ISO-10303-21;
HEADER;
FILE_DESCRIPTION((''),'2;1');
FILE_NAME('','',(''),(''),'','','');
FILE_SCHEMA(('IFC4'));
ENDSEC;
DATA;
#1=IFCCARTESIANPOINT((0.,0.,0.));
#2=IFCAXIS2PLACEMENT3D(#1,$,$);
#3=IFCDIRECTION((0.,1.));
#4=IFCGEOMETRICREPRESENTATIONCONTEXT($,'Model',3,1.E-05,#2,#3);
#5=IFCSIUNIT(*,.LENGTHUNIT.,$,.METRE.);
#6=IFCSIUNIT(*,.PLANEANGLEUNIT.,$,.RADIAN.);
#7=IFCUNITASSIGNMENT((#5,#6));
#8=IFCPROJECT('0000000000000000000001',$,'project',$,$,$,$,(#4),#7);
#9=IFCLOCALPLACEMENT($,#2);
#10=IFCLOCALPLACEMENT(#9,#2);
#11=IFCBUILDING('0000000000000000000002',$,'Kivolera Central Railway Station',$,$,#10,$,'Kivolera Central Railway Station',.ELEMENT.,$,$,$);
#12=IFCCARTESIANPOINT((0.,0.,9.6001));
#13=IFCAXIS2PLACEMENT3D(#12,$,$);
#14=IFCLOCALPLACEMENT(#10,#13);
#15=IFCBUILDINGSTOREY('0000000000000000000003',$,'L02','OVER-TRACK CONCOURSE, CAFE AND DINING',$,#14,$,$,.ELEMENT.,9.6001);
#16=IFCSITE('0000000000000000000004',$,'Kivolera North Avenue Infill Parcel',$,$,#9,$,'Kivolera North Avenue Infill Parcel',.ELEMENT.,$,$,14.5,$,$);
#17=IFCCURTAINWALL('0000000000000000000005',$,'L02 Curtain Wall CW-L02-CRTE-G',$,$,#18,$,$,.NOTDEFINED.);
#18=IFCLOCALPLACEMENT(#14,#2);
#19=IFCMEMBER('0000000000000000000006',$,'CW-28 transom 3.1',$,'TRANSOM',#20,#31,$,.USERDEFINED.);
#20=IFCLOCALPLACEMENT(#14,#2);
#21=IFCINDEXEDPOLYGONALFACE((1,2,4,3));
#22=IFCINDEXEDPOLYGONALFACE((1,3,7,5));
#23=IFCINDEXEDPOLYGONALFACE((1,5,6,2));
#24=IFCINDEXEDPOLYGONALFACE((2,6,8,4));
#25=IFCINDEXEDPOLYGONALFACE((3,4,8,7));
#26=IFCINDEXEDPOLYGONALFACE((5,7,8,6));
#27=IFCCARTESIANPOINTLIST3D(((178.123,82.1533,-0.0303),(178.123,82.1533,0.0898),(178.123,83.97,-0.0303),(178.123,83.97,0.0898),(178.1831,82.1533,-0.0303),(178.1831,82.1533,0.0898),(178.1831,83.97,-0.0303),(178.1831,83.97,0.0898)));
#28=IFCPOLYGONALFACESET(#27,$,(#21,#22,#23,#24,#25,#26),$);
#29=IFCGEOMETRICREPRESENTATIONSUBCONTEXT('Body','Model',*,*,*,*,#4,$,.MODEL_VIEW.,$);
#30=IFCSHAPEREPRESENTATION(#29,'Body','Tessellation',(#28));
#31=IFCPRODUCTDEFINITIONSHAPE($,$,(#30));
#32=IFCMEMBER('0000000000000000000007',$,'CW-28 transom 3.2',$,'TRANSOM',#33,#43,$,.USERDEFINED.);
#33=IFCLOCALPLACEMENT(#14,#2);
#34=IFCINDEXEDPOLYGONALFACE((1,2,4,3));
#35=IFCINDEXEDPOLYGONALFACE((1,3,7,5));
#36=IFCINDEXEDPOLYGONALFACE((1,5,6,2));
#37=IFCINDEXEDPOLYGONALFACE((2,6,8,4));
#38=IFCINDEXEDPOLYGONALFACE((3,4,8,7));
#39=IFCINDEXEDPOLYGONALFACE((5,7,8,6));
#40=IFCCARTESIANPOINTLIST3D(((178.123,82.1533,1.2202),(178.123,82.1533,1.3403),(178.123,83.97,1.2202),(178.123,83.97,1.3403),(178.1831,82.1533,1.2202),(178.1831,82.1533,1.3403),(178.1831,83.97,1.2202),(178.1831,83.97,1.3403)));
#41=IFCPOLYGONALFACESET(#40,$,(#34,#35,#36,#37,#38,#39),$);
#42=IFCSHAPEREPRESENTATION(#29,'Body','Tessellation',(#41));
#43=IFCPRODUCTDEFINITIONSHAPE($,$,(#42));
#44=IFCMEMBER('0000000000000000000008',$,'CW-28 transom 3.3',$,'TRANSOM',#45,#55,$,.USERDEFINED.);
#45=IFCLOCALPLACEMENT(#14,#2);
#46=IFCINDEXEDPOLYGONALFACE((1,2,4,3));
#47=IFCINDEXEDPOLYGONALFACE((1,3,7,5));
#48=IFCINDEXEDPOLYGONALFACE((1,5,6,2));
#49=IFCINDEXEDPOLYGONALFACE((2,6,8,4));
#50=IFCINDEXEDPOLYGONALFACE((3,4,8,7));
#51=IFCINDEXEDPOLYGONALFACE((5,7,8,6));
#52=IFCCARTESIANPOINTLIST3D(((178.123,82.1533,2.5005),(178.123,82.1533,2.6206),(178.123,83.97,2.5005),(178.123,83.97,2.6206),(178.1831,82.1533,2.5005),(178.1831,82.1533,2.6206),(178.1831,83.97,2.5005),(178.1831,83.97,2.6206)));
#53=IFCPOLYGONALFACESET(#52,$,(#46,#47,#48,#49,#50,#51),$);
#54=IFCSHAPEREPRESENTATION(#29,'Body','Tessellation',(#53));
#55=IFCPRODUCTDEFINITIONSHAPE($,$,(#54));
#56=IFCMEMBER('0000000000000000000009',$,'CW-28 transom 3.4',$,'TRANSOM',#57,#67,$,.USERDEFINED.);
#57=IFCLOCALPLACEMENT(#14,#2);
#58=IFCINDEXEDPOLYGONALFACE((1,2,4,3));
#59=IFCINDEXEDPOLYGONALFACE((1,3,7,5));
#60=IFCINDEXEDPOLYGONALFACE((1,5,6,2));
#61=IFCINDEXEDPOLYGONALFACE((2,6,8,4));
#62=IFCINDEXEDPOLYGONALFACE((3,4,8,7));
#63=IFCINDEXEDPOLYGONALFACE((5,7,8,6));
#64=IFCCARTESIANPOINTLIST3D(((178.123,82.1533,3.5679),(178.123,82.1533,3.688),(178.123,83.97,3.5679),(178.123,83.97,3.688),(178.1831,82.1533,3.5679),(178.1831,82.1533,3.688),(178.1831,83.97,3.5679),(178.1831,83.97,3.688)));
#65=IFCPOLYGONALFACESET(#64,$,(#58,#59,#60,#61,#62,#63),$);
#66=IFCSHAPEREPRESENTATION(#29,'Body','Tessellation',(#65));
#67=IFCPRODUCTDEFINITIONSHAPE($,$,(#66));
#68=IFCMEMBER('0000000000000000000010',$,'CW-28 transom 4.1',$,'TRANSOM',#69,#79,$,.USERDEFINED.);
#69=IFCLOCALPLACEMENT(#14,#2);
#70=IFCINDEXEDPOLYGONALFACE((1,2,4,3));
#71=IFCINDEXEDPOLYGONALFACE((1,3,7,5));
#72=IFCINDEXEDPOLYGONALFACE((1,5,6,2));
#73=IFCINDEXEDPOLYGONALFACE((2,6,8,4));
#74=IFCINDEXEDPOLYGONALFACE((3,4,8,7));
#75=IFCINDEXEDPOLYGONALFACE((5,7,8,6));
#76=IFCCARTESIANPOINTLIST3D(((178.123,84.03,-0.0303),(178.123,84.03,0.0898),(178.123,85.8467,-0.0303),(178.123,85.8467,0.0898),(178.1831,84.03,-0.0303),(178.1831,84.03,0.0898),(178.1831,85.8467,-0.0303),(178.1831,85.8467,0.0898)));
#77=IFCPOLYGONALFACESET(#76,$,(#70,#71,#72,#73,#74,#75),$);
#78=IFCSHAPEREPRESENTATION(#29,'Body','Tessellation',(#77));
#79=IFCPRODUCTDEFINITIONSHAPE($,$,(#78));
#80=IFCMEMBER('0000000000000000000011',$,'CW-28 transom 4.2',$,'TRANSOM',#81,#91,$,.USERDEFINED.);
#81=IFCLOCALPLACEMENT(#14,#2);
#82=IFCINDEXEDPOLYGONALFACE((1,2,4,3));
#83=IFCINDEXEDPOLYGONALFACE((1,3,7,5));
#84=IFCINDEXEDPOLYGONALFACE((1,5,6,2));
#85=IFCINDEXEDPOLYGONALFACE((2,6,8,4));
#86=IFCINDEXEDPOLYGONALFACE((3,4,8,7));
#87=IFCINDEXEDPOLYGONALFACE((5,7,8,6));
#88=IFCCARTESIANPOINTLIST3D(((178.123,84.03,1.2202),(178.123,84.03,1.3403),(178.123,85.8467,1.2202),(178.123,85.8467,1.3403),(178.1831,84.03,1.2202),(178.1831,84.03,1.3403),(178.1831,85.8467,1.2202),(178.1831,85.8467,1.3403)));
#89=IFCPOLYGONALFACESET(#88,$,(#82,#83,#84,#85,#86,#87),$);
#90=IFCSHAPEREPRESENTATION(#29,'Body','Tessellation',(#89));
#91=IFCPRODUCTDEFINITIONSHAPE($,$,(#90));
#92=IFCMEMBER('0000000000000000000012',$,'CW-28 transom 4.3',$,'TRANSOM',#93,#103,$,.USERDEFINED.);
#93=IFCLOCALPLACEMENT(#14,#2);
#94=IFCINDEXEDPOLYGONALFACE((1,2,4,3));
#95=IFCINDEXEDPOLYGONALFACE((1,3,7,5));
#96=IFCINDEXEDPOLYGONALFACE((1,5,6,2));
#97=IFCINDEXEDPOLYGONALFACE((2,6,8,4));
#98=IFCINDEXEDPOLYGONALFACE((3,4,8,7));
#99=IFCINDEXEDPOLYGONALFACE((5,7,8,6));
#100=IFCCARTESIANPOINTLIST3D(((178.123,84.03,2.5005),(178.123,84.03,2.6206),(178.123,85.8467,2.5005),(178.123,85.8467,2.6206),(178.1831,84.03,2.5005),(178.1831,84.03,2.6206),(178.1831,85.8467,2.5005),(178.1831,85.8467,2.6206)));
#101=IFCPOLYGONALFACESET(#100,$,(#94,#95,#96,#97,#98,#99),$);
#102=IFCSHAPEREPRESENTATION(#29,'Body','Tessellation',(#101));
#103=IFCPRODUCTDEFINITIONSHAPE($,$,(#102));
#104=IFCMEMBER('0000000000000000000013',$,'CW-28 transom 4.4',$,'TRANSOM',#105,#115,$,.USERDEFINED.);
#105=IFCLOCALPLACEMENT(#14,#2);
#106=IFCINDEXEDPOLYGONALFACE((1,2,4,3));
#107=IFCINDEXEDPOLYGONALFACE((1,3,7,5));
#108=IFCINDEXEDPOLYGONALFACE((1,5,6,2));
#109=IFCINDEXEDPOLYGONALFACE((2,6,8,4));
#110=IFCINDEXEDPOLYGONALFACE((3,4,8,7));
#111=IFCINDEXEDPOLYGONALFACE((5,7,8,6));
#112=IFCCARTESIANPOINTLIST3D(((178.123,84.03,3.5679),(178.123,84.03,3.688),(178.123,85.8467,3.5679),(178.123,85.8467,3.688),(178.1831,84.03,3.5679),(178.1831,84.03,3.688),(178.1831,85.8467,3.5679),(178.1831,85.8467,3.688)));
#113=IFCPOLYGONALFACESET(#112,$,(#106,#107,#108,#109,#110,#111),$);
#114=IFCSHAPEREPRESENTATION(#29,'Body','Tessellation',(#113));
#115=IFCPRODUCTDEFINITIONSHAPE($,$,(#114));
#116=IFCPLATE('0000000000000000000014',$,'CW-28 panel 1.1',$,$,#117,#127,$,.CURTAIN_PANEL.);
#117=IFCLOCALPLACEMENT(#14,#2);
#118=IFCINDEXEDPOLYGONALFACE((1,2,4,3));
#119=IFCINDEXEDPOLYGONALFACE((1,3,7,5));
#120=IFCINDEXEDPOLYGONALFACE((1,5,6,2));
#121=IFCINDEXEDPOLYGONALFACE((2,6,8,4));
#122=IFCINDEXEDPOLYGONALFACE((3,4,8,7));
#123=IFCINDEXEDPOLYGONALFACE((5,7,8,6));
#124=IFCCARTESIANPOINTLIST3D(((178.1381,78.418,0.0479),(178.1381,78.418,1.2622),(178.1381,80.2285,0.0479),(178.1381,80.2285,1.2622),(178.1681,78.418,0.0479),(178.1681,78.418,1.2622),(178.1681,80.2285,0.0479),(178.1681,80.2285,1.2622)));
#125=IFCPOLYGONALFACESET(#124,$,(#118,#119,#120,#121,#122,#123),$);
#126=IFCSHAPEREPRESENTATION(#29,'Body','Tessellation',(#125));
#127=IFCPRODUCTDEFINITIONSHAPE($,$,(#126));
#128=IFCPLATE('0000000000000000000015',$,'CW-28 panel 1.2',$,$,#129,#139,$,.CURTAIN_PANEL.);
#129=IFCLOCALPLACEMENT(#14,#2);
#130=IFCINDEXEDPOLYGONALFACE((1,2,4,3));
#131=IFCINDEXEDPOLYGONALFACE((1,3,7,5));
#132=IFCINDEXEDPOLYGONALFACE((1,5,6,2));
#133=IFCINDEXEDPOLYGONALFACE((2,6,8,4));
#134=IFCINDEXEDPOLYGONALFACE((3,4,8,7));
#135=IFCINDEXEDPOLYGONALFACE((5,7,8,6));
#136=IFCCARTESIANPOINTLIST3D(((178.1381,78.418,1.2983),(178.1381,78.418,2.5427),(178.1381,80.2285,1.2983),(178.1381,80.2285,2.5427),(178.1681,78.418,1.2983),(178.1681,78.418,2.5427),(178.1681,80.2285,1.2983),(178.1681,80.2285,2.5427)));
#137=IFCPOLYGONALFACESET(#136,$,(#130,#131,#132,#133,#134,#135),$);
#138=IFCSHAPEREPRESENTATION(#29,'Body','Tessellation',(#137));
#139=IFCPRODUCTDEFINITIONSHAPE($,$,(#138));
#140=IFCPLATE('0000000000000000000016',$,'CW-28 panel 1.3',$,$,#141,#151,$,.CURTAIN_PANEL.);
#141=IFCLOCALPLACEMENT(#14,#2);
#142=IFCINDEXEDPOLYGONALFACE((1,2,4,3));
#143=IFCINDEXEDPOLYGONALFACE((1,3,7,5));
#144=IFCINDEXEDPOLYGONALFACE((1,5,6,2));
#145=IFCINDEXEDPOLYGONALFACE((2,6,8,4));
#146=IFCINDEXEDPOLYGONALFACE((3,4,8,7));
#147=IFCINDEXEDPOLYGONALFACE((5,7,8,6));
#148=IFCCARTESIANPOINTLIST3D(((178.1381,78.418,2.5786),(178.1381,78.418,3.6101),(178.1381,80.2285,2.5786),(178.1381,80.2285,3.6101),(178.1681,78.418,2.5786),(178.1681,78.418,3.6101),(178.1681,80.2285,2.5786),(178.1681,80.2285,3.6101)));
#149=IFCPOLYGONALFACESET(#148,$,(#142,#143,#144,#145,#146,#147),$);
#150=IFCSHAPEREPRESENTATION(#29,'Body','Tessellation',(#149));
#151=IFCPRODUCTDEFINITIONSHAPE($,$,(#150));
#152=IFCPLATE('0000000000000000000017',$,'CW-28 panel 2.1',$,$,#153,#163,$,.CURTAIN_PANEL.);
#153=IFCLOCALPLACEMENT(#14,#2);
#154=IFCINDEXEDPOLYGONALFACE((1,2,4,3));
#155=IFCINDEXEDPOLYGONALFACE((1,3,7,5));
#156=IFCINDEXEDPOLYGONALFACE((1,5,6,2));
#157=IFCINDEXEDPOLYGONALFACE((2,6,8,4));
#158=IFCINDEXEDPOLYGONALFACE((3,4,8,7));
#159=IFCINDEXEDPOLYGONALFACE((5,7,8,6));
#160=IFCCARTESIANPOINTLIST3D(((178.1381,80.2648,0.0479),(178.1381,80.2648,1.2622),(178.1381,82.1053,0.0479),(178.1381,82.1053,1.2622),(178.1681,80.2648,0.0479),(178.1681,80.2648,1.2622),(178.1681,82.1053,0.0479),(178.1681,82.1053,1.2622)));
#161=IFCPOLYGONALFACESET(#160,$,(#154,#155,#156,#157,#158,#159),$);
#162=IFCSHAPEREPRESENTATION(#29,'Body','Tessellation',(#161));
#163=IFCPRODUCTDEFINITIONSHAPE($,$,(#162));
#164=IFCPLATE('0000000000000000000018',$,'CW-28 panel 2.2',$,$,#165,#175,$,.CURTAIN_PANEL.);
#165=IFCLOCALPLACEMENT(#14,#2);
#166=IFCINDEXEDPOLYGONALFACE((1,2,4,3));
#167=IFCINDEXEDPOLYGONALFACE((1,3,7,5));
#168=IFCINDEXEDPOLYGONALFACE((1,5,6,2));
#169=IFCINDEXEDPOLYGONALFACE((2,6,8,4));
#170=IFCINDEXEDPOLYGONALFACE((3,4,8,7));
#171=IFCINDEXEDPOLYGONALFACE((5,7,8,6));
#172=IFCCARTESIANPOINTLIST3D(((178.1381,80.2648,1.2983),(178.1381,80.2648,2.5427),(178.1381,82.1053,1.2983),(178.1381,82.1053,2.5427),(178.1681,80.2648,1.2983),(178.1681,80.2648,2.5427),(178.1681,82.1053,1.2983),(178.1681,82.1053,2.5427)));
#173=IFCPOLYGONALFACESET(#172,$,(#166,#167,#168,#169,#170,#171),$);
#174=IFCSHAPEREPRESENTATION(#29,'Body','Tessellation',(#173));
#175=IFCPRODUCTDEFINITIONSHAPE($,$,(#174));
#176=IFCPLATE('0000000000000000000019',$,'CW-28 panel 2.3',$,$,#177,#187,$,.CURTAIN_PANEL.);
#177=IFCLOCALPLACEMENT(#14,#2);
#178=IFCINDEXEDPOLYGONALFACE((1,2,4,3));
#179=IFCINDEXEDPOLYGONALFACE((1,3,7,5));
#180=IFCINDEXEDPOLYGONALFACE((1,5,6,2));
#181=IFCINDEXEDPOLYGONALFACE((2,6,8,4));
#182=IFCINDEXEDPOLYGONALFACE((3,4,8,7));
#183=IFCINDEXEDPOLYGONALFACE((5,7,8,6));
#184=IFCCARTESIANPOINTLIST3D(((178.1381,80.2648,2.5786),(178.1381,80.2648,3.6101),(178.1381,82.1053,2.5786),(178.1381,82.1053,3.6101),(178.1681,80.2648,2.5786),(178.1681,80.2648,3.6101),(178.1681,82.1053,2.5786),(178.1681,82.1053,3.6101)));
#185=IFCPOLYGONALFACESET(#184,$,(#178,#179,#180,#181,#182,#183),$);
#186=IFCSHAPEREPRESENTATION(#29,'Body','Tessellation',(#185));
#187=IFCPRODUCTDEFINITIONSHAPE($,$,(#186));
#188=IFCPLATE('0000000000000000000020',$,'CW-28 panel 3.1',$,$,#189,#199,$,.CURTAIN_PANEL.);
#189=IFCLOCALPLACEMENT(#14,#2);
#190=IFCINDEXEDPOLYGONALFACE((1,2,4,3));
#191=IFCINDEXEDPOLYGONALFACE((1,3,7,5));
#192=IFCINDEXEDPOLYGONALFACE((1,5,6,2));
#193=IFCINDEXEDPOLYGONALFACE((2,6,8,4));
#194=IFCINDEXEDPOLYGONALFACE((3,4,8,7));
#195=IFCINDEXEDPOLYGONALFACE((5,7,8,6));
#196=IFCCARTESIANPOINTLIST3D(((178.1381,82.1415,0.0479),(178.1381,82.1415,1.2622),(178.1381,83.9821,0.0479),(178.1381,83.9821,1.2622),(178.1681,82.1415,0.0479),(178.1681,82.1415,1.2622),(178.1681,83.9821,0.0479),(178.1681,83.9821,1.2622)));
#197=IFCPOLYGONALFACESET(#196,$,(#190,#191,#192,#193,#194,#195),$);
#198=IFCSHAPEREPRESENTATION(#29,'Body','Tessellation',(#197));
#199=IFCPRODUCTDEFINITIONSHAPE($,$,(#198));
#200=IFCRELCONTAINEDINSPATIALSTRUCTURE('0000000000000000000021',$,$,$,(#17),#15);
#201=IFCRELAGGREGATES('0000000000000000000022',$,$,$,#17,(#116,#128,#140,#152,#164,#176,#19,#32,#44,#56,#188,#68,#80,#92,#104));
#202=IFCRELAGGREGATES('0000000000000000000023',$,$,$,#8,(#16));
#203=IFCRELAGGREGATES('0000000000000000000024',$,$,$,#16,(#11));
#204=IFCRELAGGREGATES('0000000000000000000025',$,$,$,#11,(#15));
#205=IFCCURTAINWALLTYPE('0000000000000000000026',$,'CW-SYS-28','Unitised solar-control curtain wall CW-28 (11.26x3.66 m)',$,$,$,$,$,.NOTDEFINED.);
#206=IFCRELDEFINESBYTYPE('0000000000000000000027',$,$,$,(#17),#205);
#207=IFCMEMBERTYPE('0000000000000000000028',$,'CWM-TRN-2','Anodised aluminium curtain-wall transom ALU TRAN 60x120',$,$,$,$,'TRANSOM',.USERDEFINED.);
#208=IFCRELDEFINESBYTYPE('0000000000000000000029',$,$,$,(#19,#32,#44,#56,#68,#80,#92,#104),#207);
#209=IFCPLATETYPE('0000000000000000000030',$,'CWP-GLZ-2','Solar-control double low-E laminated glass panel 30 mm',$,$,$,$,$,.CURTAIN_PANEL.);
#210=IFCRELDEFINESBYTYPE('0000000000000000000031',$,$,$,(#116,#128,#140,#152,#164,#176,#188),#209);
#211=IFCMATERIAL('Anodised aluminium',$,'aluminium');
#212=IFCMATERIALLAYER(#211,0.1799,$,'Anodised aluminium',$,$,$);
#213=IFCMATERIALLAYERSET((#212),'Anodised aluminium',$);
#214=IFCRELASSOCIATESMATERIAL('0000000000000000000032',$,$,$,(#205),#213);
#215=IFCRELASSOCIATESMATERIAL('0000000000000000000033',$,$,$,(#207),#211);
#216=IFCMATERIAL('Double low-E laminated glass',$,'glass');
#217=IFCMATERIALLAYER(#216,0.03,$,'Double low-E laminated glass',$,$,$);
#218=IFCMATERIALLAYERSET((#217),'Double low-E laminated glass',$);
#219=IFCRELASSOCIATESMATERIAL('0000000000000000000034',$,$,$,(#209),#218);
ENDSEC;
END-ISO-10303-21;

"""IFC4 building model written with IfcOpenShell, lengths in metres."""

from ifc_helpers import new_model, si_unit, direction, frame, origin, origin_2d, place, context, subcontext, project, spatial, rectangle, extrude, material, layer, layer_set, material_profile, profile_set, type_object, element, aggregate, save


model = new_model("IFC4")

# Units and contexts
model_context = context("Model", 3, precision=1e-05, world=origin(), true_north=direction((0.0, 1.0)))
body_context = subcontext(model_context, "Body", "Model", "MODEL_VIEW")
ifc_project = project(units=[si_unit("LENGTHUNIT", "METRE"), si_unit("PLANEANGLEUNIT", "RADIAN")], contexts=[model_context])

# Site, building, storey
site_placement = place(None, origin())
site = spatial("IfcSite", under=ifc_project, at=site_placement, Name="Kivolera North Avenue Infill Parcel", LongName="Kivolera North Avenue Infill Parcel", CompositionType="ELEMENT", RefElevation=14.5)
building_placement = place(site_placement, origin())
building = spatial("IfcBuilding", under=site, at=building_placement, Name="Kivolera Central Railway Station", LongName="Kivolera Central Railway Station", CompositionType="ELEMENT")
storey_placement = place(building_placement, frame((0.0, 0.0, 9.6001)))
storey = spatial("IfcBuildingStorey", under=building, at=storey_placement, Name="L02", Description="OVER-TRACK CONCOURSE, CAFE AND DINING", CompositionType="ELEMENT", Elevation=9.6001)

# Curtain wall, members, plates
ifc_material_1 = material(Name="Anodised aluminium", Category="aluminium")
ifc_layer_1 = layer(ifc_material_1, 0.1799, Name="Anodised aluminium")
ifc_layer_set_1 = layer_set([ifc_layer_1], Name="Anodised aluminium")
curtain_wall_type = type_object("IfcCurtainWallType", Name="CW-SYS-28", Description="Unitised solar-control curtain wall CW-28 (11.26x3.66 m)", PredefinedType="NOTDEFINED", material=ifc_layer_set_1)
curtain_wall_placement = place(storey_placement, origin())
curtain_wall = element("IfcCurtainWall", 1, at=curtain_wall_placement, inside=storey, type_object=curtain_wall_type, Name="L02 Curtain Wall CW-L02-CRTE-G", PredefinedType="NOTDEFINED")
ifc_material_profile_1 = material_profile(ifc_material_1, rectangle(XDim=0.0601, YDim=0.1201, at=origin_2d()), Name="ALU TRAN 60x120")
ifc_profile_set_1 = profile_set([ifc_material_profile_1], Name="Anodised aluminium")
member_type_1 = type_object("IfcMemberType", Name="CWM-TRN-2", Description="Anodised aluminium curtain-wall transom ALU TRAN 60x120", ElementType="TRANSOM", PredefinedType="USERDEFINED", material=ifc_profile_set_1)
member_1_placement = place(storey_placement, frame((178.1531, 82.1533, 0.0298), z_axis=(0.0, 1.0, 0.0), x_axis=(-1.0, 0.0, 0.0)))
member_1 = element("IfcMember", 2, at=member_1_placement, type_object=member_type_1, Name="CW-28 transom 3.1", ObjectType="TRANSOM", PredefinedType="USERDEFINED", context=body_context, shape_type="SweptSolid", body=[
    extrude(rectangle(XDim=0.0601, YDim=0.1201, at=origin_2d()), origin(), (0.0, 0.0, 1.0), 1.8167),
])
member_2_placement = place(storey_placement, frame((178.1531, 82.1533, 1.2803), z_axis=(0.0, 1.0, 0.0), x_axis=(-1.0, 0.0, 0.0)))
member_2 = element("IfcMember", 3, at=member_2_placement, type_object=member_type_1, Name="CW-28 transom 3.2", ObjectType="TRANSOM", PredefinedType="USERDEFINED", context=body_context, shape_type="SweptSolid", body=[
    extrude(rectangle(XDim=0.0601, YDim=0.1201, at=origin_2d()), origin(), (0.0, 0.0, 1.0), 1.8167),
])
member_3_placement = place(storey_placement, frame((178.1531, 82.1533, 2.5605), z_axis=(0.0, 1.0, 0.0), x_axis=(-1.0, 0.0, 0.0)))
member_3 = element("IfcMember", 4, at=member_3_placement, type_object=member_type_1, Name="CW-28 transom 3.3", ObjectType="TRANSOM", PredefinedType="USERDEFINED", context=body_context, shape_type="SweptSolid", body=[
    extrude(rectangle(XDim=0.0601, YDim=0.1201, at=origin_2d()), origin(), (0.0, 0.0, 1.0), 1.8167),
])
member_4_placement = place(storey_placement, frame((178.1531, 82.1533, 3.6279), z_axis=(0.0, 1.0, 0.0), x_axis=(-1.0, 0.0, 0.0)))
member_4 = element("IfcMember", 5, at=member_4_placement, type_object=member_type_1, Name="CW-28 transom 3.4", ObjectType="TRANSOM", PredefinedType="USERDEFINED", context=body_context, shape_type="SweptSolid", body=[
    extrude(rectangle(XDim=0.0601, YDim=0.1201, at=origin_2d()), origin(), (0.0, 0.0, 1.0), 1.8167),
])
member_5_placement = place(storey_placement, frame((178.1531, 84.03, 0.0298), z_axis=(0.0, 1.0, 0.0), x_axis=(-1.0, 0.0, 0.0)))
member_5 = element("IfcMember", 6, at=member_5_placement, type_object=member_type_1, Name="CW-28 transom 4.1", ObjectType="TRANSOM", PredefinedType="USERDEFINED", context=body_context, shape_type="SweptSolid", body=[
    extrude(rectangle(XDim=0.0601, YDim=0.1201, at=origin_2d()), origin(), (0.0, 0.0, 1.0), 1.8167),
])
member_6_placement = place(storey_placement, frame((178.1531, 84.03, 1.2803), z_axis=(0.0, 1.0, 0.0), x_axis=(-1.0, 0.0, 0.0)))
member_6 = element("IfcMember", 7, at=member_6_placement, type_object=member_type_1, Name="CW-28 transom 4.2", ObjectType="TRANSOM", PredefinedType="USERDEFINED", context=body_context, shape_type="SweptSolid", body=[
    extrude(rectangle(XDim=0.0601, YDim=0.1201, at=origin_2d()), origin(), (0.0, 0.0, 1.0), 1.8167),
])
member_7_placement = place(storey_placement, frame((178.1531, 84.03, 2.5605), z_axis=(0.0, 1.0, 0.0), x_axis=(-1.0, 0.0, 0.0)))
member_7 = element("IfcMember", 8, at=member_7_placement, type_object=member_type_1, Name="CW-28 transom 4.3", ObjectType="TRANSOM", PredefinedType="USERDEFINED", context=body_context, shape_type="SweptSolid", body=[
    extrude(rectangle(XDim=0.0601, YDim=0.1201, at=origin_2d()), origin(), (0.0, 0.0, 1.0), 1.8167),
])
member_8_placement = place(storey_placement, frame((178.1531, 84.03, 3.6279), z_axis=(0.0, 1.0, 0.0), x_axis=(-1.0, 0.0, 0.0)))
member_8 = element("IfcMember", 9, at=member_8_placement, type_object=member_type_1, Name="CW-28 transom 4.4", ObjectType="TRANSOM", PredefinedType="USERDEFINED", context=body_context, shape_type="SweptSolid", body=[
    extrude(rectangle(XDim=0.0601, YDim=0.1201, at=origin_2d()), origin(), (0.0, 0.0, 1.0), 1.8167),
])
ifc_material_2 = material(Name="Double low-E laminated glass", Category="glass")
ifc_layer_2 = layer(ifc_material_2, 0.03, Name="Double low-E laminated glass")
ifc_layer_set_2 = layer_set([ifc_layer_2], Name="Double low-E laminated glass")
plate_type = type_object("IfcPlateType", Name="CWP-GLZ-2", Description="Solar-control double low-E laminated glass panel 30 mm", PredefinedType="CURTAIN_PANEL", material=ifc_layer_set_2)
plate_1_placement = place(storey_placement, frame((178.1531, 79.3232, 0.0479), z_axis=(0.0, 0.0, 1.0), x_axis=(0.0, 1.0, 0.0)))
plate_1 = element("IfcPlate", 10, at=plate_1_placement, type_object=plate_type, Name="CW-28 panel 1.1", PredefinedType="CURTAIN_PANEL", context=body_context, shape_type="SweptSolid", body=[
    extrude(rectangle(XDim=1.8105, YDim=0.03, at=origin_2d()), origin(), (0.0, 0.0, 1.0), 1.2144),
])
plate_2_placement = place(storey_placement, frame((178.1531, 79.3232, 1.2983), z_axis=(0.0, 0.0, 1.0), x_axis=(0.0, 1.0, 0.0)))
plate_2 = element("IfcPlate", 11, at=plate_2_placement, type_object=plate_type, Name="CW-28 panel 1.2", PredefinedType="CURTAIN_PANEL", context=body_context, shape_type="SweptSolid", body=[
    extrude(rectangle(XDim=1.8105, YDim=0.03, at=origin_2d()), origin(), (0.0, 0.0, 1.0), 1.2444),
])
plate_3_placement = place(storey_placement, frame((178.1531, 79.3232, 2.5786), z_axis=(0.0, 0.0, 1.0), x_axis=(0.0, 1.0, 0.0)))
plate_3 = element("IfcPlate", 12, at=plate_3_placement, type_object=plate_type, Name="CW-28 panel 1.3", PredefinedType="CURTAIN_PANEL", context=body_context, shape_type="SweptSolid", body=[
    extrude(rectangle(XDim=1.8105, YDim=0.03, at=origin_2d()), origin(), (0.0, 0.0, 1.0), 1.0315),
])
plate_4_placement = place(storey_placement, frame((178.1531, 81.1851, 0.0479), z_axis=(0.0, 0.0, 1.0), x_axis=(0.0, 1.0, 0.0)))
plate_4 = element("IfcPlate", 13, at=plate_4_placement, type_object=plate_type, Name="CW-28 panel 2.1", PredefinedType="CURTAIN_PANEL", context=body_context, shape_type="SweptSolid", body=[
    extrude(rectangle(XDim=1.8406, YDim=0.03, at=origin_2d()), origin(), (0.0, 0.0, 1.0), 1.2144),
])
plate_5_placement = place(storey_placement, frame((178.1531, 81.1851, 1.2983), z_axis=(0.0, 0.0, 1.0), x_axis=(0.0, 1.0, 0.0)))
plate_5 = element("IfcPlate", 14, at=plate_5_placement, type_object=plate_type, Name="CW-28 panel 2.2", PredefinedType="CURTAIN_PANEL", context=body_context, shape_type="SweptSolid", body=[
    extrude(rectangle(XDim=1.8406, YDim=0.03, at=origin_2d()), origin(), (0.0, 0.0, 1.0), 1.2444),
])
plate_6_placement = place(storey_placement, frame((178.1531, 81.1851, 2.5786), z_axis=(0.0, 0.0, 1.0), x_axis=(0.0, 1.0, 0.0)))
plate_6 = element("IfcPlate", 15, at=plate_6_placement, type_object=plate_type, Name="CW-28 panel 2.3", PredefinedType="CURTAIN_PANEL", context=body_context, shape_type="SweptSolid", body=[
    extrude(rectangle(XDim=1.8406, YDim=0.03, at=origin_2d()), origin(), (0.0, 0.0, 1.0), 1.0315),
])
plate_7_placement = place(storey_placement, frame((178.1531, 83.0618, 0.0479), z_axis=(0.0, 0.0, 1.0), x_axis=(0.0, 1.0, 0.0)))
plate_7 = element("IfcPlate", 16, at=plate_7_placement, type_object=plate_type, Name="CW-28 panel 3.1", PredefinedType="CURTAIN_PANEL", context=body_context, shape_type="SweptSolid", body=[
    extrude(rectangle(XDim=1.8406, YDim=0.03, at=origin_2d()), origin(), (0.0, 0.0, 1.0), 1.2144),
])
aggregate(curtain_wall, [plate_1, plate_2, plate_3, plate_4, plate_5, plate_6, member_1, member_2, member_3, member_4, plate_7, member_5, member_6, member_7, member_8])

save(model, "model.ifc")
